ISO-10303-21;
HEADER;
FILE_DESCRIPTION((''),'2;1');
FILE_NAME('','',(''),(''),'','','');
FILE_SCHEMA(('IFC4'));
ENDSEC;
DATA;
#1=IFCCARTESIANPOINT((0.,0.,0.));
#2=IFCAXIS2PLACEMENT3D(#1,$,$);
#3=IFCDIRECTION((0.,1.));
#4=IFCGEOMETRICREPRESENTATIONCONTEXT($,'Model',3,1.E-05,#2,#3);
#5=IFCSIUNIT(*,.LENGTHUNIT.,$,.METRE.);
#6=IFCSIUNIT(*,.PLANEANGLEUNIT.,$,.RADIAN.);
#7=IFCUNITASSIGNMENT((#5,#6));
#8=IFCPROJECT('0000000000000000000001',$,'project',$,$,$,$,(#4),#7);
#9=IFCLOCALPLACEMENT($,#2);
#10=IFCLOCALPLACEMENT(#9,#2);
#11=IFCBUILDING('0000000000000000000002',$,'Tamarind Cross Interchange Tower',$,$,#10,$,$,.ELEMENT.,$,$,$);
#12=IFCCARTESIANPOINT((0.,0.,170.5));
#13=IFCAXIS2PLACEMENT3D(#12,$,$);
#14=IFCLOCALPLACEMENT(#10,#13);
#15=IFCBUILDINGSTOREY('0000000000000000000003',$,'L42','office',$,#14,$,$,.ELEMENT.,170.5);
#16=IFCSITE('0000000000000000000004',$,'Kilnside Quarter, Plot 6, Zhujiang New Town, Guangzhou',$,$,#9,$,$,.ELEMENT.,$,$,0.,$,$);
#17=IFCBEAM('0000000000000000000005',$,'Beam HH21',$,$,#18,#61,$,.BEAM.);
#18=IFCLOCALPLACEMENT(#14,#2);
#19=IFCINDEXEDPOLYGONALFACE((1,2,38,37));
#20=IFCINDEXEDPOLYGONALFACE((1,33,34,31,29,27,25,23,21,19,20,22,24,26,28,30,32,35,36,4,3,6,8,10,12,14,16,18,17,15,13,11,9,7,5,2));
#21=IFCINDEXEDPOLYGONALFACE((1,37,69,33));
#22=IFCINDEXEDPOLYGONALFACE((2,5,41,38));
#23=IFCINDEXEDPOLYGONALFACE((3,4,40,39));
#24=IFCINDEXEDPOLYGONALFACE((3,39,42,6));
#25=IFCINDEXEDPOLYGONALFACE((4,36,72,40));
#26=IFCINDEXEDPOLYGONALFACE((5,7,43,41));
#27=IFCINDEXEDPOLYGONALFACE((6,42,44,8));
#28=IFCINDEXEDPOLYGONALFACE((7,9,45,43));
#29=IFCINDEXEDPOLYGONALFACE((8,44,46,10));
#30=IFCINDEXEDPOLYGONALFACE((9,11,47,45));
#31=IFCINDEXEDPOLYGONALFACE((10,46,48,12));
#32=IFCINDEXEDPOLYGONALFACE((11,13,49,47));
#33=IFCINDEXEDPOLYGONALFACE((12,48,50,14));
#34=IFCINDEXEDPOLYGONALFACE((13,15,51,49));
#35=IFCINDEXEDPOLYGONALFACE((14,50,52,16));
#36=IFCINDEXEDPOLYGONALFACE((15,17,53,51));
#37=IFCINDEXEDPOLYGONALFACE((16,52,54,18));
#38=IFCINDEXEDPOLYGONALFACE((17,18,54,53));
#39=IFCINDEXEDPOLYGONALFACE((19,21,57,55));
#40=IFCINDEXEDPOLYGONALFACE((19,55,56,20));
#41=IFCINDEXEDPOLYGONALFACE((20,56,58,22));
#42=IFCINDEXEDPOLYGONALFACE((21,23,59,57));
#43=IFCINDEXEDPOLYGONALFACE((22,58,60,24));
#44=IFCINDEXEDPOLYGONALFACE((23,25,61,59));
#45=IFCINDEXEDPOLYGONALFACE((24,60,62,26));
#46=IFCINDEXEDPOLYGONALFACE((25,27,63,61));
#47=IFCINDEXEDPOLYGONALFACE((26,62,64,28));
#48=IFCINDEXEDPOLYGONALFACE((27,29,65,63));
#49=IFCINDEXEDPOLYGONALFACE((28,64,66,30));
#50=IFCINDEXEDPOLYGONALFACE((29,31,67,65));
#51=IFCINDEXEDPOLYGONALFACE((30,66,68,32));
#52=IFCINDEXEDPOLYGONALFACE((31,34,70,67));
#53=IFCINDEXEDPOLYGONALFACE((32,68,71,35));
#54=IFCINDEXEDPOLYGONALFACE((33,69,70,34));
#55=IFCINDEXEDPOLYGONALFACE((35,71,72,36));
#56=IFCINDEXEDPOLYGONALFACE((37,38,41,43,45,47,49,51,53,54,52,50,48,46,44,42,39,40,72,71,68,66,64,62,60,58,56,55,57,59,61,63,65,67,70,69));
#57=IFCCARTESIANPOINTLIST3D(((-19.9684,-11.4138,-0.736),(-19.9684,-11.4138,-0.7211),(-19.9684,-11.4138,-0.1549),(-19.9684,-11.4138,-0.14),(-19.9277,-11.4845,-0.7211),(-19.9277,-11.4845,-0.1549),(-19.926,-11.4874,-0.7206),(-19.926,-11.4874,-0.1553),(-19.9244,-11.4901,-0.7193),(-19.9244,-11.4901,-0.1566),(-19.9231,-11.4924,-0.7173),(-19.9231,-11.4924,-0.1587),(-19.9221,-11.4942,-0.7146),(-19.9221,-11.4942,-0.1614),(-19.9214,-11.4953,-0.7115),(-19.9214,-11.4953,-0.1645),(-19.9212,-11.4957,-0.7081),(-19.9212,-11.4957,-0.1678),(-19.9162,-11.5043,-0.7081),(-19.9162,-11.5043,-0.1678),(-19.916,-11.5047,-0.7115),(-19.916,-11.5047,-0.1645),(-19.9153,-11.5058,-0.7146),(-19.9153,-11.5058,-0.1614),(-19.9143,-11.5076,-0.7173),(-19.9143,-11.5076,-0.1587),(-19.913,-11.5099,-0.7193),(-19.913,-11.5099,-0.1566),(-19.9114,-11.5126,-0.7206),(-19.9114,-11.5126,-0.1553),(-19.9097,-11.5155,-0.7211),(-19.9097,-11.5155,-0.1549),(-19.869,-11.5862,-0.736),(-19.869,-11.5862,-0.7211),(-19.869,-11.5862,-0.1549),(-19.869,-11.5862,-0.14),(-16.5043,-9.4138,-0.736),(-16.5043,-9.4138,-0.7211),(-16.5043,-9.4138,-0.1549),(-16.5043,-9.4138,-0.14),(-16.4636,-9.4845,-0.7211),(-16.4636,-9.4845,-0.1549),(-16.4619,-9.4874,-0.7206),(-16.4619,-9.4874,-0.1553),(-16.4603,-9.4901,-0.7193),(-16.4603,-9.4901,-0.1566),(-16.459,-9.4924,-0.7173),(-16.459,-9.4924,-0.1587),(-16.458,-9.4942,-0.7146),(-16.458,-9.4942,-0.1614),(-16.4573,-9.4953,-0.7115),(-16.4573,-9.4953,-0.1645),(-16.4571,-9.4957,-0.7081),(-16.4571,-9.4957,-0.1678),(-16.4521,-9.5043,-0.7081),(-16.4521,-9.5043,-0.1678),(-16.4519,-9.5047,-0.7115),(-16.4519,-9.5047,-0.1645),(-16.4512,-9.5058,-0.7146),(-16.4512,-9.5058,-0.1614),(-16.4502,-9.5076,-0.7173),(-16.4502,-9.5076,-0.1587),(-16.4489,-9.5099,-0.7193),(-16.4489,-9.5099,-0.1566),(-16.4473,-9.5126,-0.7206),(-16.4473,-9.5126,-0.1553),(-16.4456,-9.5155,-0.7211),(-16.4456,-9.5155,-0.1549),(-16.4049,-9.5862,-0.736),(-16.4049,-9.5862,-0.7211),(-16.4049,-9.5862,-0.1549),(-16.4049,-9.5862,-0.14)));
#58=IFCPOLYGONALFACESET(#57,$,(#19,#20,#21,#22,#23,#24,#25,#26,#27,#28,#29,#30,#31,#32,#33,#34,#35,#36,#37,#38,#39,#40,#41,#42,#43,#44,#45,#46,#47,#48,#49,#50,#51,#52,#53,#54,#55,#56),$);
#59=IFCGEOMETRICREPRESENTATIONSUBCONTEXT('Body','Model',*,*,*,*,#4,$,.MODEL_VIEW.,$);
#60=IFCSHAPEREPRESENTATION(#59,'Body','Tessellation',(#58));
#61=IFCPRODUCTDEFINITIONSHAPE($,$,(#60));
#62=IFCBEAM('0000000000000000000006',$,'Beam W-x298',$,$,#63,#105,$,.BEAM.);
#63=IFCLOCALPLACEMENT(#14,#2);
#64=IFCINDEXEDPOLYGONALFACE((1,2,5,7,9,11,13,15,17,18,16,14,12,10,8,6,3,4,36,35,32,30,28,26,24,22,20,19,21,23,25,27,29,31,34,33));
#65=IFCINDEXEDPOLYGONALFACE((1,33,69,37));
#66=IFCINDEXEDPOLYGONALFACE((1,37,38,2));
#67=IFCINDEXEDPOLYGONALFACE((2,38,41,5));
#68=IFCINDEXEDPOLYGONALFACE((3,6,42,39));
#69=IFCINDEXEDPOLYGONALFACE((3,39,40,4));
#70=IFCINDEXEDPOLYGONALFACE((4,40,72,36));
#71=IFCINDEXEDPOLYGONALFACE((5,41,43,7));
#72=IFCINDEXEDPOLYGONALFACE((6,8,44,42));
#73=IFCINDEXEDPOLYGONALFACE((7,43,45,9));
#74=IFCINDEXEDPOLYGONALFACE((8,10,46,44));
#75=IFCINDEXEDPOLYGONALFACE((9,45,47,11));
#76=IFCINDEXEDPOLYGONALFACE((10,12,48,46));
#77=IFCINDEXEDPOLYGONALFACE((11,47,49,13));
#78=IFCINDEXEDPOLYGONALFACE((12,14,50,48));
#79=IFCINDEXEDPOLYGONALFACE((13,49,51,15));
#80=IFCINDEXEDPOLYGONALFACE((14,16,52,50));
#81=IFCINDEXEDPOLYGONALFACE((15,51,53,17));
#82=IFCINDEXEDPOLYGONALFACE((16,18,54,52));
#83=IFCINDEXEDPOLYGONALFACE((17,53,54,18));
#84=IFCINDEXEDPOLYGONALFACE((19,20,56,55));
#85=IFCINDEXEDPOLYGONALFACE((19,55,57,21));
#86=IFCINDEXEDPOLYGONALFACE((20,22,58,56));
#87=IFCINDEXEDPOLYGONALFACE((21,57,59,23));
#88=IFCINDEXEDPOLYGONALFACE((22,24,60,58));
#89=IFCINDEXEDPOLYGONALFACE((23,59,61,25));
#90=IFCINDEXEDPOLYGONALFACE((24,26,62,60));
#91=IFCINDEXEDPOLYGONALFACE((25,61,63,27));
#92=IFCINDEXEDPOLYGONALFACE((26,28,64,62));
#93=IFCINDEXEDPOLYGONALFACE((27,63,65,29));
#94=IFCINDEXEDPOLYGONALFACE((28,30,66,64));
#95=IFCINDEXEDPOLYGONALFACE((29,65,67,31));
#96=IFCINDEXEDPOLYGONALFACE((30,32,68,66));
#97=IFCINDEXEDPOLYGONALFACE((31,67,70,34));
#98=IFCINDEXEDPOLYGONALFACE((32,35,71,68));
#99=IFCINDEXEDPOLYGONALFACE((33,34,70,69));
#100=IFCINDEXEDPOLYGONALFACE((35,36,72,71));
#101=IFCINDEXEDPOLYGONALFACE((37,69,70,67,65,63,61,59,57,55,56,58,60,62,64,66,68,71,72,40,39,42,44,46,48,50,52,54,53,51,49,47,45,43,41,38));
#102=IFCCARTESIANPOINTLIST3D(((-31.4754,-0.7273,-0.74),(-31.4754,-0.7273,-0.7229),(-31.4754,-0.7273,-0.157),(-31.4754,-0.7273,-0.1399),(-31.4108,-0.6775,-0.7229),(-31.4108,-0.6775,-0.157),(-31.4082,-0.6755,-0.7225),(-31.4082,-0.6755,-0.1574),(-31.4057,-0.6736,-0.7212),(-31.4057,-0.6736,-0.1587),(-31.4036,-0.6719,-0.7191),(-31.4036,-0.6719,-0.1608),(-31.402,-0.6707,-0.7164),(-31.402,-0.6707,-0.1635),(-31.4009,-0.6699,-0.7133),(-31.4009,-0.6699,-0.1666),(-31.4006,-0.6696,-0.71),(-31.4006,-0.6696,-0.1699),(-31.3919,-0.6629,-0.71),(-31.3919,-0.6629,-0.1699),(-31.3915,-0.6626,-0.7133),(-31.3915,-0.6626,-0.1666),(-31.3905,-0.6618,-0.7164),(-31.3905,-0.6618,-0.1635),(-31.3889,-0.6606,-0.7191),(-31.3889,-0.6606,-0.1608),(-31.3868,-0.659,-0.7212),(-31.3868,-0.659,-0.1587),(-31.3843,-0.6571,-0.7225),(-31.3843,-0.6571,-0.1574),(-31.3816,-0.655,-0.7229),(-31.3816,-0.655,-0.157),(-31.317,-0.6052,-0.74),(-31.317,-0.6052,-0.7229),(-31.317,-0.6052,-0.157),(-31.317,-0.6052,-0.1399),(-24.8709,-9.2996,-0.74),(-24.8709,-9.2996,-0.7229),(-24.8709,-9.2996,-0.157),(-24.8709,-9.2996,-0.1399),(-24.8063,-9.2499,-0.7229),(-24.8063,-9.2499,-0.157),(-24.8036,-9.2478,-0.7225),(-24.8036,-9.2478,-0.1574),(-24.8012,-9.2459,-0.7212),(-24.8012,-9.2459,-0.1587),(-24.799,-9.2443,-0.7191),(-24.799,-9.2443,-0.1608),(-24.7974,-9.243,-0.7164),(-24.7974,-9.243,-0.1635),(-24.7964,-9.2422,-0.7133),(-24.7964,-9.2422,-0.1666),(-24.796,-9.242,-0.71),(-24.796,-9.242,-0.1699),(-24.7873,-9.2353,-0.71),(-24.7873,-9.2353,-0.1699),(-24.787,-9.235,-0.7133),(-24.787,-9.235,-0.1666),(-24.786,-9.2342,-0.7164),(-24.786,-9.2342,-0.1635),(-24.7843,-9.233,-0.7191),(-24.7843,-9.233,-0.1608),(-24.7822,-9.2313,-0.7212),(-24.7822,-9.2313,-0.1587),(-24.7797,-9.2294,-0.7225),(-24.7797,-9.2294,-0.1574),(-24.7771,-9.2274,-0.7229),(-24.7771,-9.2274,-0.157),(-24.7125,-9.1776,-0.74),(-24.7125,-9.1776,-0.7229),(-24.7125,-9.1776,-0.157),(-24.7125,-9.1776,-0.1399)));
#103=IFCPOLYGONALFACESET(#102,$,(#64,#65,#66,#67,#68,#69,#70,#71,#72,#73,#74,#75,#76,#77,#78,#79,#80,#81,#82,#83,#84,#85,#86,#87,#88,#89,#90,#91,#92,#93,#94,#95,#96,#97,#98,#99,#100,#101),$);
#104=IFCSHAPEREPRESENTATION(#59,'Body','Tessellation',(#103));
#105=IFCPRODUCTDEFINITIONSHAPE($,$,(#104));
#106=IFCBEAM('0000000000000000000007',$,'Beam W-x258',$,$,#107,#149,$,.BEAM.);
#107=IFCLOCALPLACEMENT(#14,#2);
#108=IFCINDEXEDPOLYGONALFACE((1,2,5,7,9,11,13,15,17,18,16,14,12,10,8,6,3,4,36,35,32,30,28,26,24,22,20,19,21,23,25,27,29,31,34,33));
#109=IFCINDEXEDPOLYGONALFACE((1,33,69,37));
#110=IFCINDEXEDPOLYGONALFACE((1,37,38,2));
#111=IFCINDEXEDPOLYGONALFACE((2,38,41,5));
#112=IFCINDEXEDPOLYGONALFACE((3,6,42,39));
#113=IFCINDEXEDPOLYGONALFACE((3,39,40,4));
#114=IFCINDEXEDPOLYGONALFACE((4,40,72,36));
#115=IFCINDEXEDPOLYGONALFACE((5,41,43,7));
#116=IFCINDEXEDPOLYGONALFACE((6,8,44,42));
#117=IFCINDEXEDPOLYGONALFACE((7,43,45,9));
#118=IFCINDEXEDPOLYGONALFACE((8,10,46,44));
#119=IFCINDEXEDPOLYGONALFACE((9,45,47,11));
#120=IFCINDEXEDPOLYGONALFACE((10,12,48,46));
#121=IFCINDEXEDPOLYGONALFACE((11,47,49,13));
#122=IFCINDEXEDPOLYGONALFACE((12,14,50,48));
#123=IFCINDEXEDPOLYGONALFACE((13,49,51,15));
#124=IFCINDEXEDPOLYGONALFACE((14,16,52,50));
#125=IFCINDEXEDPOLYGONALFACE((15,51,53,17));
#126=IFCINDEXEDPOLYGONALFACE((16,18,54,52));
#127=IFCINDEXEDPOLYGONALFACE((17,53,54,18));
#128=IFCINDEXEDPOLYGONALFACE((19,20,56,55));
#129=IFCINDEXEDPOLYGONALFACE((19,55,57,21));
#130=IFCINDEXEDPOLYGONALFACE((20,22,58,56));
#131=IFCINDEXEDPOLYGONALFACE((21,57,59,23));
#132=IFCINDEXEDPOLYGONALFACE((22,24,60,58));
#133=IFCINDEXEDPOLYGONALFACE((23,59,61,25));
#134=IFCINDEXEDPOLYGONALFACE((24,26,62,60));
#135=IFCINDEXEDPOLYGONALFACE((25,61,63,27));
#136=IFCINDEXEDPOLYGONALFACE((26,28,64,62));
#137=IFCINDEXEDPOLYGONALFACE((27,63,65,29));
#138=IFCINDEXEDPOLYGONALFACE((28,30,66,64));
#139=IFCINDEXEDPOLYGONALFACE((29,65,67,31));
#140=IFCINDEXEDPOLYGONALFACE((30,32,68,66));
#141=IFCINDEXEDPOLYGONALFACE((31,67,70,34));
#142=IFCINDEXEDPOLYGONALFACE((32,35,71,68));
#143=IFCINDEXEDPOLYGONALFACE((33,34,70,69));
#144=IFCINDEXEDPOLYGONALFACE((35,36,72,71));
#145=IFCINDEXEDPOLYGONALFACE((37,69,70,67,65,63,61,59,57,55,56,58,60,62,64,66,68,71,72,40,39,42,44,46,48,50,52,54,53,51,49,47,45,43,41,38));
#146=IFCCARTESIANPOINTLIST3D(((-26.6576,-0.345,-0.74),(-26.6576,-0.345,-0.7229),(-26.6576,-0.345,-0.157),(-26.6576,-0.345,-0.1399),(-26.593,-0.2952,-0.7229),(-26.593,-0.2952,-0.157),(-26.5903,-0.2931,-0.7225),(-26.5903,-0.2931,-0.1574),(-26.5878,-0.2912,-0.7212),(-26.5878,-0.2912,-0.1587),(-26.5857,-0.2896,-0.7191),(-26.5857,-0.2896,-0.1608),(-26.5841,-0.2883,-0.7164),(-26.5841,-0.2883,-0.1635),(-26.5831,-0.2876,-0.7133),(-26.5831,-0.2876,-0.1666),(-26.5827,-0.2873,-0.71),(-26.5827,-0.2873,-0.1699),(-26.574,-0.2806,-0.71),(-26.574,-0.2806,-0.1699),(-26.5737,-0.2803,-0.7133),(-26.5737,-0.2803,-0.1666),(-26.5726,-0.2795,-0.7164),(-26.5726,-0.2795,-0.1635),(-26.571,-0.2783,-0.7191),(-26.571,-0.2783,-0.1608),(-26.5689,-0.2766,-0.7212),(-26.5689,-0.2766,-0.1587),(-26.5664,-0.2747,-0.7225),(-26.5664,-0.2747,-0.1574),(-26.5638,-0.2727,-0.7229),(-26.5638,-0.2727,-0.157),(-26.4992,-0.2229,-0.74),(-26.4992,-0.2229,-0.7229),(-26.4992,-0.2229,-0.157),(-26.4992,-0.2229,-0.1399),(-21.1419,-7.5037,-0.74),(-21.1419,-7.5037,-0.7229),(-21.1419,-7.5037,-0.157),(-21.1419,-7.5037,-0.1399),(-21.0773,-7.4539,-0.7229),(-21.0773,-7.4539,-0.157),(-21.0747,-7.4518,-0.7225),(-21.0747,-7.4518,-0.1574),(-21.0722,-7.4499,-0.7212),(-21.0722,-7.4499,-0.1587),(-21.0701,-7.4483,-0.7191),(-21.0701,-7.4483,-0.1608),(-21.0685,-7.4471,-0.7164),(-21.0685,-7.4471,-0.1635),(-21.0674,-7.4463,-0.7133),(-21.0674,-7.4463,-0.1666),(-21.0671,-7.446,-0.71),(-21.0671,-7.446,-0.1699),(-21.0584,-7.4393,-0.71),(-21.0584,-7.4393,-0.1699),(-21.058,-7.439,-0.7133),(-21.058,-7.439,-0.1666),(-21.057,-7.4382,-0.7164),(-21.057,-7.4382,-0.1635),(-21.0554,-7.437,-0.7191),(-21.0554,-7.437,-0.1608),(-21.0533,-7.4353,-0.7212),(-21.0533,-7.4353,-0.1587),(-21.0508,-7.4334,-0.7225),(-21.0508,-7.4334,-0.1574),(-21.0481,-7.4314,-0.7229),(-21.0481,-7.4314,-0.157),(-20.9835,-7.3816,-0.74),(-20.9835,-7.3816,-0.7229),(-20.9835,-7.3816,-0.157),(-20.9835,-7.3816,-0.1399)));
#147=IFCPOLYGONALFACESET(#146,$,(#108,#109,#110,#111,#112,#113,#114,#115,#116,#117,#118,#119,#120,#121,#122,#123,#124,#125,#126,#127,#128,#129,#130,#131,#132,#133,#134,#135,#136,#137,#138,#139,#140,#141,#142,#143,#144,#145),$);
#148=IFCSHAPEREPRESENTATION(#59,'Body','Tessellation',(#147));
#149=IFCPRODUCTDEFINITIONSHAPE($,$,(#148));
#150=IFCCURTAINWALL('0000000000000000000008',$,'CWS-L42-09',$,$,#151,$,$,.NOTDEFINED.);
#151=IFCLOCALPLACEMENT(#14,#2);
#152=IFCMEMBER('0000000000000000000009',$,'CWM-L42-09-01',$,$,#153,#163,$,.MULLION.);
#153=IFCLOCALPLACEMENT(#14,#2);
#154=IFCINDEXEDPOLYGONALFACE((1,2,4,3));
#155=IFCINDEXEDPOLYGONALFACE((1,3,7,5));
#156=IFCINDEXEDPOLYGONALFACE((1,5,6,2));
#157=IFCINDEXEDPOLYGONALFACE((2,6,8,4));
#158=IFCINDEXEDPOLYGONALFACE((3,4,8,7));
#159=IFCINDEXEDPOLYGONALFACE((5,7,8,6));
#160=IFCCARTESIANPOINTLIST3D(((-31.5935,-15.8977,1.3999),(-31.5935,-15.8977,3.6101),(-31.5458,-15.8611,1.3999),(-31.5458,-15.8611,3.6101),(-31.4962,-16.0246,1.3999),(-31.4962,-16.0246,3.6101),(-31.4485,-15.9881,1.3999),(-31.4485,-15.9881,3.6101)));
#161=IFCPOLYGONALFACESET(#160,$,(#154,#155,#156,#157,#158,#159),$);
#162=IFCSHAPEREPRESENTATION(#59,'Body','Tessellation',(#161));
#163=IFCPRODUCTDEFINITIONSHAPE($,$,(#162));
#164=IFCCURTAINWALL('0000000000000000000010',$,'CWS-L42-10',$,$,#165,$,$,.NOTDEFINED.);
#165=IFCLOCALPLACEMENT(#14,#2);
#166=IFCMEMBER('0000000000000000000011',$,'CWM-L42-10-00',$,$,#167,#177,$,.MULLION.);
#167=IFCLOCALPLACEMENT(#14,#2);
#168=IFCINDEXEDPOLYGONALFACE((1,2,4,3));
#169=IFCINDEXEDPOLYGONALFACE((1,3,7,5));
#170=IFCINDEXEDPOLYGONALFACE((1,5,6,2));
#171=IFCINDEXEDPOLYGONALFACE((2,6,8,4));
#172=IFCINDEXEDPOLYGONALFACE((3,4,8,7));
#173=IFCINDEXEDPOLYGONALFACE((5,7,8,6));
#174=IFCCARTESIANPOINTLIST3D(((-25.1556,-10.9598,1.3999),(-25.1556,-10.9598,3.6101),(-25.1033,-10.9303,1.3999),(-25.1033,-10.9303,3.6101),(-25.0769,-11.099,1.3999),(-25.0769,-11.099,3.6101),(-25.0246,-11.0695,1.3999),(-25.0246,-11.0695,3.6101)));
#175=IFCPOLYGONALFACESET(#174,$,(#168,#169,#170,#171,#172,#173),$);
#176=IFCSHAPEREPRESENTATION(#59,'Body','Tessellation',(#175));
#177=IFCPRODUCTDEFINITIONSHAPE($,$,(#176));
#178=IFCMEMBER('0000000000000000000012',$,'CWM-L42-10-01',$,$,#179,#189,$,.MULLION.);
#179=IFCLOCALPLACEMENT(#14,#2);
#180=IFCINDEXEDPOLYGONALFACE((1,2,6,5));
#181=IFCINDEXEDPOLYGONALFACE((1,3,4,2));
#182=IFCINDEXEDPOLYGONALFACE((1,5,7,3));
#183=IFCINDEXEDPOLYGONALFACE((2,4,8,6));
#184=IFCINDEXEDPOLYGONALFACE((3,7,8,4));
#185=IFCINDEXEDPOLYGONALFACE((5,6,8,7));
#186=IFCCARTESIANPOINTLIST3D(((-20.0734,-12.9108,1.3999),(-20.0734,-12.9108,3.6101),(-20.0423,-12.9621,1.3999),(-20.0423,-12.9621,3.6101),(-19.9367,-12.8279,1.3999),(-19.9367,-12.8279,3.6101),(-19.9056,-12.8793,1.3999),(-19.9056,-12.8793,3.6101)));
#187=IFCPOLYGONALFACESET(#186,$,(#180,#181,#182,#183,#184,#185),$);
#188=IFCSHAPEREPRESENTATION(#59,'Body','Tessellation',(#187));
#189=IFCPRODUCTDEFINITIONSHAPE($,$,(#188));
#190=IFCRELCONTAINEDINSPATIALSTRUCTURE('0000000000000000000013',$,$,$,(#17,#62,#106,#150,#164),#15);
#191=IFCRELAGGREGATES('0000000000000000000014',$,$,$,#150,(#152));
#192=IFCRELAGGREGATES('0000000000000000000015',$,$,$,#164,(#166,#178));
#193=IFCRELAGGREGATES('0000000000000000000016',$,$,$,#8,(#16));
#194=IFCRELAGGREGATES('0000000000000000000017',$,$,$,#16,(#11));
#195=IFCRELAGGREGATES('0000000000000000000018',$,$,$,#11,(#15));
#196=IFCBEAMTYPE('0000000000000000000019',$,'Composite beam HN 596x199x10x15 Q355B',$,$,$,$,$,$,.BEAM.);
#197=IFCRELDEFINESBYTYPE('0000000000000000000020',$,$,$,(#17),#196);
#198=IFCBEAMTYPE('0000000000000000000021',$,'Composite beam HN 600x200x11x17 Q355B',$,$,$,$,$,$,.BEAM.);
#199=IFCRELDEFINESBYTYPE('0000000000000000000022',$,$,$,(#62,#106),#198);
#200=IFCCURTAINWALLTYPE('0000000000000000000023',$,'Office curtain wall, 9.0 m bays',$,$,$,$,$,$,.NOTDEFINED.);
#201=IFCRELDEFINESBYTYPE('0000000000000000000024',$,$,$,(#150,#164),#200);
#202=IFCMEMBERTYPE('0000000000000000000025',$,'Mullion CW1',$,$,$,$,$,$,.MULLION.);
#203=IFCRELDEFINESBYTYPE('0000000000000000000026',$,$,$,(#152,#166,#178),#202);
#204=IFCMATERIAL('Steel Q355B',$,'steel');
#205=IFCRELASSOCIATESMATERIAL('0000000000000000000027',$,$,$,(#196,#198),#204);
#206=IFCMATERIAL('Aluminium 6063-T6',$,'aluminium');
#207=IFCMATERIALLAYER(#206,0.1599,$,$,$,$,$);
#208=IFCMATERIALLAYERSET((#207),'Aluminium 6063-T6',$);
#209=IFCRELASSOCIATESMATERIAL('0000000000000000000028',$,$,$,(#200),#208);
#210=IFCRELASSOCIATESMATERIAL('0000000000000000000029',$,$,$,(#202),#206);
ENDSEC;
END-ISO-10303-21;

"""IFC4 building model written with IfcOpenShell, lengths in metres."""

from ifc_helpers import new_model, si_unit, direction, frame, origin, origin_2d, place, context, subcontext, project, spatial, rectangle, i_section, extrude, material, layer, layer_set, material_profile, profile_set, type_object, element, aggregate, save


model = new_model("IFC4")

# Units and contexts
model_context = context("Model", 3, precision=1e-05, world=origin(), true_north=direction((0.0, 1.0)))
body_context = subcontext(model_context, "Body", "Model", "MODEL_VIEW")
ifc_project = project(units=[si_unit("LENGTHUNIT", "METRE"), si_unit("PLANEANGLEUNIT", "RADIAN")], contexts=[model_context])

# Site, building, storey
site_placement = place(None, origin())
site = spatial("IfcSite", under=ifc_project, at=site_placement, Name="Kilnside Quarter, Plot 6, Zhujiang New Town, Guangzhou", CompositionType="ELEMENT", RefElevation=0.0)
building_placement = place(site_placement, origin())
building = spatial("IfcBuilding", under=site, at=building_placement, Name="Tamarind Cross Interchange Tower", CompositionType="ELEMENT")
storey_placement = place(building_placement, frame((0.0, 0.0, 170.5)))
storey = spatial("IfcBuildingStorey", under=building, at=storey_placement, Name="L42", Description="office", CompositionType="ELEMENT", Elevation=170.5)

# Beams
ifc_material_1 = material(Name="Steel Q355B", Category="steel")
ifc_material_profile_1 = material_profile(ifc_material_1, i_section(OverallWidth=0.199, OverallDepth=0.5959, WebThickness=0.01, FlangeThickness=0.0149, FilletRadius=0.0129, at=origin_2d()), Name="HN 596x199x10x15")
ifc_profile_set_1 = profile_set([ifc_material_profile_1], Name="Steel Q355B")
beam_type_1 = type_object("IfcBeamType", Name="Composite beam HN 596x199x10x15 Q355B", PredefinedType="BEAM", material=ifc_profile_set_1)
beam_1_placement = place(storey_placement, frame((-19.9187, -11.5, -0.438), z_axis=(0.866026, 0.499999, 0.0), x_axis=(-0.499999, 0.866026, 0.0)))
element("IfcBeam", 1, at=beam_1_placement, inside=storey, type_object=beam_type_1, Name="Beam HH21", PredefinedType="BEAM", context=body_context, shape_type="SweptSolid", body=[
    extrude(i_section(OverallWidth=0.199, OverallDepth=0.5959, WebThickness=0.01, FlangeThickness=0.0149, FilletRadius=0.0129, at=origin_2d()), origin(), (0.0, 0.0, 1.0), 4.0),
])
ifc_material_profile_2 = material_profile(ifc_material_1, i_section(OverallWidth=0.2, OverallDepth=0.6001, WebThickness=0.011, FlangeThickness=0.0171, FilletRadius=0.0129, at=origin_2d()), Name="HN 600x200x11x17")
ifc_profile_set_2 = profile_set([ifc_material_profile_2], Name="Steel Q355B")
beam_type_2 = type_object("IfcBeamType", Name="Composite beam HN 600x200x11x17 Q355B", PredefinedType="BEAM", material=ifc_profile_set_2)
beam_2_placement = place(storey_placement, frame((-31.3962, -0.6663, -0.4399), z_axis=(0.610317, -0.792157, 0.0), x_axis=(0.792157, 0.610317, 0.0)))
element("IfcBeam", 2, at=beam_2_placement, inside=storey, type_object=beam_type_2, Name="Beam W-x298", PredefinedType="BEAM", context=body_context, shape_type="SweptSolid", body=[
    extrude(i_section(OverallWidth=0.2, OverallDepth=0.6001, WebThickness=0.011, FlangeThickness=0.0171, FilletRadius=0.0129, at=origin_2d()), origin(), (0.0, 0.0, 1.0), 10.8215),
])
beam_3_placement = place(storey_placement, frame((-26.5784, -0.2839, -0.4399), z_axis=(0.610332, -0.792146, 0.0), x_axis=(0.792146, 0.610332, 0.0)))
element("IfcBeam", 3, at=beam_3_placement, inside=storey, type_object=beam_type_2, Name="Beam W-x258", PredefinedType="BEAM", context=body_context, shape_type="SweptSolid", body=[
    extrude(i_section(OverallWidth=0.2, OverallDepth=0.6001, WebThickness=0.011, FlangeThickness=0.0171, FilletRadius=0.0129, at=origin_2d()), origin(), (0.0, 0.0, 1.0), 9.0371),
])

# Curtain wall, member
ifc_material_2 = material(Name="Aluminium 6063-T6", Category="aluminium")
ifc_layer_1 = layer(ifc_material_2, 0.1599)
ifc_layer_set_1 = layer_set([ifc_layer_1], Name="Aluminium 6063-T6")
curtain_wall_type = type_object("IfcCurtainWallType", Name="Office curtain wall, 9.0 m bays", PredefinedType="NOTDEFINED", material=ifc_layer_set_1)
curtain_wall_1_placement = place(storey_placement, origin())
curtain_wall_1 = element("IfcCurtainWall", 4, at=curtain_wall_1_placement, inside=storey, type_object=curtain_wall_type, Name="CWS-L42-09", PredefinedType="NOTDEFINED")
ifc_material_profile_3 = material_profile(ifc_material_2, rectangle(XDim=0.0601, YDim=0.1599, at=origin_2d()), Name="Mullion CW1")
ifc_profile_set_3 = profile_set([ifc_material_profile_3], Name="Aluminium 6063-T6")
member_type = type_object("IfcMemberType", Name="Mullion CW1", PredefinedType="MULLION", material=ifc_profile_set_3)
member_1_placement = place(storey_placement, frame((-31.521, -15.9429, 1.3999), z_axis=(0.0, 0.0, 1.0), x_axis=(0.793725, 0.608277, 0.0)))
member_1 = element("IfcMember", 5, at=member_1_placement, type_object=member_type, Name="CWM-L42-09-01", PredefinedType="MULLION", context=body_context, shape_type="SweptSolid", body=[
    extrude(rectangle(XDim=0.0601, YDim=0.1599, at=origin_2d()), origin(), (0.0, 0.0, 1.0), 2.2102),
])
aggregate(curtain_wall_1, [member_1])

# Curtain wall, members
curtain_wall_2_placement = place(storey_placement, origin())
curtain_wall_2 = element("IfcCurtainWall", 6, at=curtain_wall_2_placement, inside=storey, type_object=curtain_wall_type, Name="CWS-L42-10", PredefinedType="NOTDEFINED")
member_2_placement = place(storey_placement, frame((-25.0901, -11.0146, 1.3999), z_axis=(0.0, 0.0, 1.0), x_axis=(0.870611, 0.491972, 0.0)))
member_2 = element("IfcMember", 7, at=member_2_placement, type_object=member_type, Name="CWM-L42-10-00", PredefinedType="MULLION", context=body_context, shape_type="SweptSolid", body=[
    extrude(rectangle(XDim=0.0601, YDim=0.1599, at=origin_2d()), origin(), (0.0, 0.0, 1.0), 2.2102),
])
member_3_placement = place(storey_placement, frame((-19.9895, -12.895, 1.3999), z_axis=(0.0, 0.0, 1.0), x_axis=(0.518101, -0.85532, 0.0)))
member_3 = element("IfcMember", 8, at=member_3_placement, type_object=member_type, Name="CWM-L42-10-01", PredefinedType="MULLION", context=body_context, shape_type="SweptSolid", body=[
    extrude(rectangle(XDim=0.0601, YDim=0.1599, at=origin_2d()), origin(), (0.0, 0.0, 1.0), 2.2102),
])
aggregate(curtain_wall_2, [member_2, member_3])

save(model, "model.ifc")
